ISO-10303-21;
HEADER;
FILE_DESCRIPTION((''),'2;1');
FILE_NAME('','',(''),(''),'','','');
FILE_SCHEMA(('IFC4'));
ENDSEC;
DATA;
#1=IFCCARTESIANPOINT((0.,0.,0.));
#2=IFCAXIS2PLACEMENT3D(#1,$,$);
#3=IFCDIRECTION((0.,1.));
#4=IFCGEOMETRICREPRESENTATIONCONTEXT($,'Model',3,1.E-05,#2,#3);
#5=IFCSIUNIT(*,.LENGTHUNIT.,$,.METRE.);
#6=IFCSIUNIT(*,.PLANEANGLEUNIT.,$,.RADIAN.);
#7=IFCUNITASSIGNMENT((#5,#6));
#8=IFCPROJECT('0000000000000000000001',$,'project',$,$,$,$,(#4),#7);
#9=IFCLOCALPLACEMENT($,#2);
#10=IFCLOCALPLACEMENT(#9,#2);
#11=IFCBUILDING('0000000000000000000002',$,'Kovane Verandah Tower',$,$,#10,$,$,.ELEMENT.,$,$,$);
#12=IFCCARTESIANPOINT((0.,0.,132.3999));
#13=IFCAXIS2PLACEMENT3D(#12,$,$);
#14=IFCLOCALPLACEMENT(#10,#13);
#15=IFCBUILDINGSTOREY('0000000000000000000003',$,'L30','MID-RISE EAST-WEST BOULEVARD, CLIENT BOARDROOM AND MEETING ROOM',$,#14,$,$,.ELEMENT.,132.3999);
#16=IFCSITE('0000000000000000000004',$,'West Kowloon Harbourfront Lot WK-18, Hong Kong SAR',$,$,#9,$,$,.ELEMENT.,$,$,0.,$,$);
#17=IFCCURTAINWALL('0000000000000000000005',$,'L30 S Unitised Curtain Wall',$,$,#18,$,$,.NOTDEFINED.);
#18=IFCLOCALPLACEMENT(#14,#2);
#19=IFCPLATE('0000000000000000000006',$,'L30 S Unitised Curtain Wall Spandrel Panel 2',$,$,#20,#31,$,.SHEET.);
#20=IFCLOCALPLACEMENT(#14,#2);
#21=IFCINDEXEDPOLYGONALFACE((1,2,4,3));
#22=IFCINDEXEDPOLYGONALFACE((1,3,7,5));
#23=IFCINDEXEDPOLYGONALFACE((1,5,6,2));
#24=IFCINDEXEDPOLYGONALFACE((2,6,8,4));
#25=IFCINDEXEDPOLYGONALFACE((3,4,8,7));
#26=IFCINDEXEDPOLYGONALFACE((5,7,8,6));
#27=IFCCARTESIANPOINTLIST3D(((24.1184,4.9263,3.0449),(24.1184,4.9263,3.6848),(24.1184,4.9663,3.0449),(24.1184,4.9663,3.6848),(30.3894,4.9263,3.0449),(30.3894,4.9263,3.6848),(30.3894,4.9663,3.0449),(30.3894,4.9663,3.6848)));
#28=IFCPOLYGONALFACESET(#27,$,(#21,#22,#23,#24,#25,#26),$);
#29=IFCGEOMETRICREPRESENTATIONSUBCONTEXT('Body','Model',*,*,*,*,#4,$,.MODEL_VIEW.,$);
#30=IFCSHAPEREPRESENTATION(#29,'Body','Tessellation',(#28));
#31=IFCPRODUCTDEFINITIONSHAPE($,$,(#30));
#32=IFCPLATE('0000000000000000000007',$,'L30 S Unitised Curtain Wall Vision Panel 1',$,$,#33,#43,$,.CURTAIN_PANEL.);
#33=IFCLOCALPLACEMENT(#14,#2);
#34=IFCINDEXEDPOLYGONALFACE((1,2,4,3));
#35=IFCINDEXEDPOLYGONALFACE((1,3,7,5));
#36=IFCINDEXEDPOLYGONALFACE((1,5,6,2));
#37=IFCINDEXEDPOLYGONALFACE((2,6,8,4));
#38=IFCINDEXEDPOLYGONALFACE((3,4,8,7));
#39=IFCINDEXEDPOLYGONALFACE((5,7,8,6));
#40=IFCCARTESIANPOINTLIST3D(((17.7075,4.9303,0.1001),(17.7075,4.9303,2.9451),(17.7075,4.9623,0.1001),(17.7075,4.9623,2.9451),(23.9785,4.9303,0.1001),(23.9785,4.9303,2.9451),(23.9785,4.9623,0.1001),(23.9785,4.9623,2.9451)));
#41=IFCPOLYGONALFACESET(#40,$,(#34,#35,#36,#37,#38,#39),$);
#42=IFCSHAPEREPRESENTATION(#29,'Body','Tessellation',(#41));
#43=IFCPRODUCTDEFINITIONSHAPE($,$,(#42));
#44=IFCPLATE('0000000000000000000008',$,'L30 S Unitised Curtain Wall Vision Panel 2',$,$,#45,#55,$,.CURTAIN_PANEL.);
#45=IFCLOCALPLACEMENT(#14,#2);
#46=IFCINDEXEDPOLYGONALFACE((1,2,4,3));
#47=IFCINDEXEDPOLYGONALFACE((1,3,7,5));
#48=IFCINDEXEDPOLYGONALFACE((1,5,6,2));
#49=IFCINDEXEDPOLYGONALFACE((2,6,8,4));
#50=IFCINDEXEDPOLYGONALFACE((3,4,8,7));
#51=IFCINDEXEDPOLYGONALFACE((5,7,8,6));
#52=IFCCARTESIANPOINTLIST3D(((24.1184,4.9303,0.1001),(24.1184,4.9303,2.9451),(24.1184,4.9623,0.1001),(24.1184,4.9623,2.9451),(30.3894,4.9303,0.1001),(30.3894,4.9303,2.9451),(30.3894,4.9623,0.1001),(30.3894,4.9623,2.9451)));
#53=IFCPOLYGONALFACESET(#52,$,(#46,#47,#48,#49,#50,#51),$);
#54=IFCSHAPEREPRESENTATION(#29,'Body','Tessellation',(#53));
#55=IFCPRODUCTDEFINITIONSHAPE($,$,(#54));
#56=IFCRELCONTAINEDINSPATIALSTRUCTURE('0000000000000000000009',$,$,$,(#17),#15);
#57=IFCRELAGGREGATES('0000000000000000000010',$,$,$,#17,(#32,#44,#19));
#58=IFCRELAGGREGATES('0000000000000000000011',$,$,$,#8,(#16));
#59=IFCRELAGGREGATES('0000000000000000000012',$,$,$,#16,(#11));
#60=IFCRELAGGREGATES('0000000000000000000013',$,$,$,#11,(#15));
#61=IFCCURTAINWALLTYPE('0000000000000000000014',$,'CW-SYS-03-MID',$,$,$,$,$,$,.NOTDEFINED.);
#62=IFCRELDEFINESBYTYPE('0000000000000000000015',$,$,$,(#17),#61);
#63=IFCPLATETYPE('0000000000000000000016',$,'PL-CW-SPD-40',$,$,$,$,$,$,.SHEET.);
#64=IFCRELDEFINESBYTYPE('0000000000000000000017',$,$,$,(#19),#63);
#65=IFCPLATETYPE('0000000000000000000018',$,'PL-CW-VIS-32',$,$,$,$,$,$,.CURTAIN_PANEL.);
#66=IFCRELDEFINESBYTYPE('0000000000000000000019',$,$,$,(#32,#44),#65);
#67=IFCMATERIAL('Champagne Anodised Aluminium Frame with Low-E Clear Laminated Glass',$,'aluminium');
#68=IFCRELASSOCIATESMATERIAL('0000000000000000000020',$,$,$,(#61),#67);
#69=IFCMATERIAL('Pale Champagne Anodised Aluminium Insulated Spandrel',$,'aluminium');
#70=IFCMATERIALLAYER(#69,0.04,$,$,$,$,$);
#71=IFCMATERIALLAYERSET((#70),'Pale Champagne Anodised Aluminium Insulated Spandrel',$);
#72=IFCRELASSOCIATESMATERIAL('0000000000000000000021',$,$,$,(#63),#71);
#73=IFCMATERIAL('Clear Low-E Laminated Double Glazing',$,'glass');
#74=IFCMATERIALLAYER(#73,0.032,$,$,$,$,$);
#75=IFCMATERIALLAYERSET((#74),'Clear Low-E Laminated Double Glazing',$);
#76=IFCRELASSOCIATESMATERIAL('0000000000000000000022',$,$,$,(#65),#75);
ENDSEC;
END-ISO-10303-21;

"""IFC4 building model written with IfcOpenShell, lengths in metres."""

from ifc_helpers import new_model, si_unit, direction, frame, origin, origin_2d, place, context, subcontext, project, spatial, rectangle, extrude, material, layer, layer_set, type_object, element, aggregate, save


model = new_model("IFC4")

# Units and contexts
model_context = context("Model", 3, precision=1e-05, world=origin(), true_north=direction((0.0, 1.0)))
body_context = subcontext(model_context, "Body", "Model", "MODEL_VIEW")
ifc_project = project(units=[si_unit("LENGTHUNIT", "METRE"), si_unit("PLANEANGLEUNIT", "RADIAN")], contexts=[model_context])

# Site, building, storey
site_placement = place(None, origin())
site = spatial("IfcSite", under=ifc_project, at=site_placement, Name="West Kowloon Harbourfront Lot WK-18, Hong Kong SAR", CompositionType="ELEMENT", RefElevation=0.0)
building_placement = place(site_placement, origin())
building = spatial("IfcBuilding", under=site, at=building_placement, Name="Kovane Verandah Tower", CompositionType="ELEMENT")
storey_placement = place(building_placement, frame((0.0, 0.0, 132.3999)))
storey = spatial("IfcBuildingStorey", under=building, at=storey_placement, Name="L30", Description="MID-RISE EAST-WEST BOULEVARD, CLIENT BOARDROOM AND MEETING ROOM", CompositionType="ELEMENT", Elevation=132.3999)

# Curtain wall
ifc_material_1 = material(Name="Champagne Anodised Aluminium Frame with Low-E Clear Laminated Glass", Category="aluminium")
curtain_wall_type = type_object("IfcCurtainWallType", Name="CW-SYS-03-MID", PredefinedType="NOTDEFINED", material=ifc_material_1)
curtain_wall_placement = place(storey_placement, origin())
curtain_wall = element("IfcCurtainWall", 1, at=curtain_wall_placement, inside=storey, type_object=curtain_wall_type, Name="L30 S Unitised Curtain Wall", PredefinedType="NOTDEFINED")

# Plates
ifc_material_2 = material(Name="Pale Champagne Anodised Aluminium Insulated Spandrel", Category="aluminium")
ifc_layer_1 = layer(ifc_material_2, 0.04)
ifc_layer_set_1 = layer_set([ifc_layer_1], Name="Pale Champagne Anodised Aluminium Insulated Spandrel")
plate_type_1 = type_object("IfcPlateType", Name="PL-CW-SPD-40", PredefinedType="SHEET", material=ifc_layer_set_1)
plate_1_placement = place(storey_placement, frame((27.2539, 4.9463, 3.0449), z_axis=(0.0, 0.0, 1.0), x_axis=(1.0, 0.0, 0.0)))
plate_1 = element("IfcPlate", 2, at=plate_1_placement, type_object=plate_type_1, Name="L30 S Unitised Curtain Wall Spandrel Panel 2", PredefinedType="SHEET", context=body_context, shape_type="SweptSolid", body=[
    extrude(rectangle(XDim=6.271, YDim=0.04, at=origin_2d()), origin(), (0.0, 0.0, 1.0), 0.6399),
])
ifc_material_3 = material(Name="Clear Low-E Laminated Double Glazing", Category="glass")
ifc_layer_2 = layer(ifc_material_3, 0.032)
ifc_layer_set_2 = layer_set([ifc_layer_2], Name="Clear Low-E Laminated Double Glazing")
plate_type_2 = type_object("IfcPlateType", Name="PL-CW-VIS-32", PredefinedType="CURTAIN_PANEL", material=ifc_layer_set_2)
plate_2_placement = place(storey_placement, frame((20.843, 4.9463, 0.1001), z_axis=(0.0, 0.0, 1.0), x_axis=(1.0, 0.0, 0.0)))
plate_2 = element("IfcPlate", 3, at=plate_2_placement, type_object=plate_type_2, Name="L30 S Unitised Curtain Wall Vision Panel 1", PredefinedType="CURTAIN_PANEL", context=body_context, shape_type="SweptSolid", body=[
    extrude(rectangle(XDim=6.271, YDim=0.032, at=origin_2d()), origin(), (0.0, 0.0, 1.0), 2.845),
])
plate_3_placement = place(storey_placement, frame((27.2539, 4.9463, 0.1001), z_axis=(0.0, 0.0, 1.0), x_axis=(1.0, 0.0, 0.0)))
plate_3 = element("IfcPlate", 4, at=plate_3_placement, type_object=plate_type_2, Name="L30 S Unitised Curtain Wall Vision Panel 2", PredefinedType="CURTAIN_PANEL", context=body_context, shape_type="SweptSolid", body=[
    extrude(rectangle(XDim=6.271, YDim=0.032, at=origin_2d()), origin(), (0.0, 0.0, 1.0), 2.845),
])
aggregate(curtain_wall, [plate_2, plate_3, plate_1])

save(model, "model.ifc")
